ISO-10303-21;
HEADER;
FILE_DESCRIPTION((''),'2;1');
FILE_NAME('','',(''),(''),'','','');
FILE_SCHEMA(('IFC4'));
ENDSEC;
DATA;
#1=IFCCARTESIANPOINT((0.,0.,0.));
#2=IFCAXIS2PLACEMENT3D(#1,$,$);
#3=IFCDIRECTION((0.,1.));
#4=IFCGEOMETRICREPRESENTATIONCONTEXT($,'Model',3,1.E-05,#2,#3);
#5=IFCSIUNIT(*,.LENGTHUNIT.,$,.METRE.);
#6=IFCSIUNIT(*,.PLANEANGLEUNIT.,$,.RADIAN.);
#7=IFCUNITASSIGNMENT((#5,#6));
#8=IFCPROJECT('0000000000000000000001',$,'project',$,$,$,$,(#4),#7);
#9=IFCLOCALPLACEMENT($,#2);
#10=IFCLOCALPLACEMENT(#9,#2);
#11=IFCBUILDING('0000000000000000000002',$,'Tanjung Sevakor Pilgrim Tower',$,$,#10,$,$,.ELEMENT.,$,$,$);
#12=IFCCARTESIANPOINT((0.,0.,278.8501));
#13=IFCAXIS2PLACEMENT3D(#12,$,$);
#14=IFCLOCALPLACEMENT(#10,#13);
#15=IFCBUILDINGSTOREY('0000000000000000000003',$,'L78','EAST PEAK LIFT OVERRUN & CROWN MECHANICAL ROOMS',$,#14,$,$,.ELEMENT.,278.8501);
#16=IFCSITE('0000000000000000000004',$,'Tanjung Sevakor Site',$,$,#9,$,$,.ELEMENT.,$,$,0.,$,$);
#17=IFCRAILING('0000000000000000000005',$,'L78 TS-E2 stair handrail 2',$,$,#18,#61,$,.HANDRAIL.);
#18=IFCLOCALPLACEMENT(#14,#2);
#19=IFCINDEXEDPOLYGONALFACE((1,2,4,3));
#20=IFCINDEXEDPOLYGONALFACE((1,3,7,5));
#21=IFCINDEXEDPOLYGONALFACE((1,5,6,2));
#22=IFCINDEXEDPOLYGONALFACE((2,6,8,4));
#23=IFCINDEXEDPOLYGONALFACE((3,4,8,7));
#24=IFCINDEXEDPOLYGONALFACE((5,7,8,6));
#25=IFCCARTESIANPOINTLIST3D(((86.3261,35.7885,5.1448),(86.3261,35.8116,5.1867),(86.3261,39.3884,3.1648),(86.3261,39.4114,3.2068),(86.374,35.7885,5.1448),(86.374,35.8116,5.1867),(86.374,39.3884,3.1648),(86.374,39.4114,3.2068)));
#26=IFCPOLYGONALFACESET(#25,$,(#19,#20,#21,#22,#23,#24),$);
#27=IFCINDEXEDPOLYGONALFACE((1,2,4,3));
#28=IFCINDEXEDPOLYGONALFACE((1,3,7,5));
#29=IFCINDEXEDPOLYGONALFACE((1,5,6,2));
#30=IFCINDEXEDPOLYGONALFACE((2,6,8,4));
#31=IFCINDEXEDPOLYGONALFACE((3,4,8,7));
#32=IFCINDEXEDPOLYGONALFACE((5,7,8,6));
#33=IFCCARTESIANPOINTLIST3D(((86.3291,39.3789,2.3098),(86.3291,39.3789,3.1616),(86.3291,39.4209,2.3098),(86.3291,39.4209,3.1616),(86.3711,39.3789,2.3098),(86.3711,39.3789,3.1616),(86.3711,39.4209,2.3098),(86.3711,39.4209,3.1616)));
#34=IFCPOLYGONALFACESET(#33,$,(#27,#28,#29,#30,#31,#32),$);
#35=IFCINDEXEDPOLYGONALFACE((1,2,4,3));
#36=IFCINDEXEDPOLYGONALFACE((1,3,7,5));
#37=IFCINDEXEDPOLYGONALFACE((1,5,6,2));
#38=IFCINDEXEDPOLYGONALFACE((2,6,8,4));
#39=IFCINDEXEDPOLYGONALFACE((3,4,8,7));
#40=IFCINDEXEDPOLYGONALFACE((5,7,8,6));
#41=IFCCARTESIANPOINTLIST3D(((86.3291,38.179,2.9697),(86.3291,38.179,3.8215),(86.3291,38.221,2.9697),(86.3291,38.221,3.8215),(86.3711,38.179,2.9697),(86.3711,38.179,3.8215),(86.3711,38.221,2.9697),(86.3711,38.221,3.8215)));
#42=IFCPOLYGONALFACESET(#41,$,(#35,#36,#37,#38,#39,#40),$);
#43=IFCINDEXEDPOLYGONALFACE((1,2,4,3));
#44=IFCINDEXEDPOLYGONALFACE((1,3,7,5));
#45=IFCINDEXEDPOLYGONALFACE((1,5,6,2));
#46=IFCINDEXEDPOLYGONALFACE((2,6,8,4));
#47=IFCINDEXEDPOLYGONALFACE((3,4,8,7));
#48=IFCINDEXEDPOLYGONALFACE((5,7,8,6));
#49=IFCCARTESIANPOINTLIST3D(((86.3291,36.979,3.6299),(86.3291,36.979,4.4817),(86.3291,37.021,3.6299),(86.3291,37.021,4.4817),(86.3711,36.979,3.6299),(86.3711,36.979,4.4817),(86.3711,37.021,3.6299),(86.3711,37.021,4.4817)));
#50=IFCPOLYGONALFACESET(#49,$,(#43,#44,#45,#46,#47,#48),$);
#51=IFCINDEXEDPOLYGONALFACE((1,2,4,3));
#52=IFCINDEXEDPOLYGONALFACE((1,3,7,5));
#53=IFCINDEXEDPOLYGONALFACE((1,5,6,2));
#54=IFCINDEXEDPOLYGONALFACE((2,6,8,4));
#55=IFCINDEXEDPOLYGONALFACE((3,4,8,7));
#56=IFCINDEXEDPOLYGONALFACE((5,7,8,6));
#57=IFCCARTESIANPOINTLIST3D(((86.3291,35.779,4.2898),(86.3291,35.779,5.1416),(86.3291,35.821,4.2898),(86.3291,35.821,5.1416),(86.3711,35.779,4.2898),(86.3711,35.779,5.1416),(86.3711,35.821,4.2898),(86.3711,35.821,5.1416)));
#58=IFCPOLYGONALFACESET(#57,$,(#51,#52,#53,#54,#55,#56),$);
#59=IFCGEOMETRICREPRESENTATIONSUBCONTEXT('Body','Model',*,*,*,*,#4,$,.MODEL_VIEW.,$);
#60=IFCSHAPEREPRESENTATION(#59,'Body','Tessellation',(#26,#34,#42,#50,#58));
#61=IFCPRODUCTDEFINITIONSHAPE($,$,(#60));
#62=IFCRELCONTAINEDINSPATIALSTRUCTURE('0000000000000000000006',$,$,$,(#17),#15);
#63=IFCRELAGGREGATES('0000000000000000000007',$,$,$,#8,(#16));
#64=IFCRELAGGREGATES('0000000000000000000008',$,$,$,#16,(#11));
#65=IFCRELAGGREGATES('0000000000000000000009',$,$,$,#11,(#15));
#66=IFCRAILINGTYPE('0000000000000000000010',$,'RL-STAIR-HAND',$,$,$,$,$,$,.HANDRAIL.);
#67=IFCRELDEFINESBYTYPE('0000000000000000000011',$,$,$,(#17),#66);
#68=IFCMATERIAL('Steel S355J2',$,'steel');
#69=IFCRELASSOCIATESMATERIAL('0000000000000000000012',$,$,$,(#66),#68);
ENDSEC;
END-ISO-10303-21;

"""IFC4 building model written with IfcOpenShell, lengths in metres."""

from ifc_helpers import new_model, si_unit, direction, frame, origin, place, context, subcontext, project, spatial, rectangle, extrude, material, type_object, element, save


model = new_model("IFC4")

# Units and contexts
model_context = context("Model", 3, precision=1e-05, world=origin(), true_north=direction((0.0, 1.0)))
body_context = subcontext(model_context, "Body", "Model", "MODEL_VIEW")
ifc_project = project(units=[si_unit("LENGTHUNIT", "METRE"), si_unit("PLANEANGLEUNIT", "RADIAN")], contexts=[model_context])

# Site, building, storey
site_placement = place(None, origin())
site = spatial("IfcSite", under=ifc_project, at=site_placement, Name="Tanjung Sevakor Site", CompositionType="ELEMENT", RefElevation=0.0)
building_placement = place(site_placement, origin())
building = spatial("IfcBuilding", under=site, at=building_placement, Name="Tanjung Sevakor Pilgrim Tower", CompositionType="ELEMENT")
storey_placement = place(building_placement, frame((0.0, 0.0, 278.8501)))
storey = spatial("IfcBuildingStorey", under=building, at=storey_placement, Name="L78", Description="EAST PEAK LIFT OVERRUN & CROWN MECHANICAL ROOMS", CompositionType="ELEMENT", Elevation=278.8501)

# Railing
ifc_material_1 = material(Name="Steel S355J2", Category="steel")
railing_type_1 = type_object("IfcRailingType", Name="RL-STAIR-HAND", PredefinedType="HANDRAIL", material=ifc_material_1)
railing_1_placement = place(storey_placement, frame((86.3501, 39.3999, 2.3098)))
element("IfcRailing", 1, at=railing_1_placement, inside=storey, type_object=railing_type_1, Name="L78 TS-E2 stair handrail 2", PredefinedType="HANDRAIL", context=body_context, shape_type="SweptSolid", body=[
    extrude(rectangle(XDim=0.0479, YDim=0.0479), frame((0.0, 0.0, 0.876), z_axis=(0.0, -0.87621, 0.48193), x_axis=(1.0, 0.0, 0.0)), (0.0, 0.0, 1.0), 4.1084),
    extrude(rectangle(XDim=0.042, YDim=0.042), origin(), (0.0, 0.0, 1.0), 0.8518),
    extrude(rectangle(XDim=0.042, YDim=0.042), frame((0.0, -1.2, 0.6599)), (0.0, 0.0, 1.0), 0.8518),
    extrude(rectangle(XDim=0.042, YDim=0.042), frame((0.0, -2.3999, 1.3201)), (0.0, 0.0, 1.0), 0.8518),
    extrude(rectangle(XDim=0.042, YDim=0.042), frame((0.0, -3.5999, 1.98)), (0.0, 0.0, 1.0), 0.8518),
])

save(model, "model.ifc")
